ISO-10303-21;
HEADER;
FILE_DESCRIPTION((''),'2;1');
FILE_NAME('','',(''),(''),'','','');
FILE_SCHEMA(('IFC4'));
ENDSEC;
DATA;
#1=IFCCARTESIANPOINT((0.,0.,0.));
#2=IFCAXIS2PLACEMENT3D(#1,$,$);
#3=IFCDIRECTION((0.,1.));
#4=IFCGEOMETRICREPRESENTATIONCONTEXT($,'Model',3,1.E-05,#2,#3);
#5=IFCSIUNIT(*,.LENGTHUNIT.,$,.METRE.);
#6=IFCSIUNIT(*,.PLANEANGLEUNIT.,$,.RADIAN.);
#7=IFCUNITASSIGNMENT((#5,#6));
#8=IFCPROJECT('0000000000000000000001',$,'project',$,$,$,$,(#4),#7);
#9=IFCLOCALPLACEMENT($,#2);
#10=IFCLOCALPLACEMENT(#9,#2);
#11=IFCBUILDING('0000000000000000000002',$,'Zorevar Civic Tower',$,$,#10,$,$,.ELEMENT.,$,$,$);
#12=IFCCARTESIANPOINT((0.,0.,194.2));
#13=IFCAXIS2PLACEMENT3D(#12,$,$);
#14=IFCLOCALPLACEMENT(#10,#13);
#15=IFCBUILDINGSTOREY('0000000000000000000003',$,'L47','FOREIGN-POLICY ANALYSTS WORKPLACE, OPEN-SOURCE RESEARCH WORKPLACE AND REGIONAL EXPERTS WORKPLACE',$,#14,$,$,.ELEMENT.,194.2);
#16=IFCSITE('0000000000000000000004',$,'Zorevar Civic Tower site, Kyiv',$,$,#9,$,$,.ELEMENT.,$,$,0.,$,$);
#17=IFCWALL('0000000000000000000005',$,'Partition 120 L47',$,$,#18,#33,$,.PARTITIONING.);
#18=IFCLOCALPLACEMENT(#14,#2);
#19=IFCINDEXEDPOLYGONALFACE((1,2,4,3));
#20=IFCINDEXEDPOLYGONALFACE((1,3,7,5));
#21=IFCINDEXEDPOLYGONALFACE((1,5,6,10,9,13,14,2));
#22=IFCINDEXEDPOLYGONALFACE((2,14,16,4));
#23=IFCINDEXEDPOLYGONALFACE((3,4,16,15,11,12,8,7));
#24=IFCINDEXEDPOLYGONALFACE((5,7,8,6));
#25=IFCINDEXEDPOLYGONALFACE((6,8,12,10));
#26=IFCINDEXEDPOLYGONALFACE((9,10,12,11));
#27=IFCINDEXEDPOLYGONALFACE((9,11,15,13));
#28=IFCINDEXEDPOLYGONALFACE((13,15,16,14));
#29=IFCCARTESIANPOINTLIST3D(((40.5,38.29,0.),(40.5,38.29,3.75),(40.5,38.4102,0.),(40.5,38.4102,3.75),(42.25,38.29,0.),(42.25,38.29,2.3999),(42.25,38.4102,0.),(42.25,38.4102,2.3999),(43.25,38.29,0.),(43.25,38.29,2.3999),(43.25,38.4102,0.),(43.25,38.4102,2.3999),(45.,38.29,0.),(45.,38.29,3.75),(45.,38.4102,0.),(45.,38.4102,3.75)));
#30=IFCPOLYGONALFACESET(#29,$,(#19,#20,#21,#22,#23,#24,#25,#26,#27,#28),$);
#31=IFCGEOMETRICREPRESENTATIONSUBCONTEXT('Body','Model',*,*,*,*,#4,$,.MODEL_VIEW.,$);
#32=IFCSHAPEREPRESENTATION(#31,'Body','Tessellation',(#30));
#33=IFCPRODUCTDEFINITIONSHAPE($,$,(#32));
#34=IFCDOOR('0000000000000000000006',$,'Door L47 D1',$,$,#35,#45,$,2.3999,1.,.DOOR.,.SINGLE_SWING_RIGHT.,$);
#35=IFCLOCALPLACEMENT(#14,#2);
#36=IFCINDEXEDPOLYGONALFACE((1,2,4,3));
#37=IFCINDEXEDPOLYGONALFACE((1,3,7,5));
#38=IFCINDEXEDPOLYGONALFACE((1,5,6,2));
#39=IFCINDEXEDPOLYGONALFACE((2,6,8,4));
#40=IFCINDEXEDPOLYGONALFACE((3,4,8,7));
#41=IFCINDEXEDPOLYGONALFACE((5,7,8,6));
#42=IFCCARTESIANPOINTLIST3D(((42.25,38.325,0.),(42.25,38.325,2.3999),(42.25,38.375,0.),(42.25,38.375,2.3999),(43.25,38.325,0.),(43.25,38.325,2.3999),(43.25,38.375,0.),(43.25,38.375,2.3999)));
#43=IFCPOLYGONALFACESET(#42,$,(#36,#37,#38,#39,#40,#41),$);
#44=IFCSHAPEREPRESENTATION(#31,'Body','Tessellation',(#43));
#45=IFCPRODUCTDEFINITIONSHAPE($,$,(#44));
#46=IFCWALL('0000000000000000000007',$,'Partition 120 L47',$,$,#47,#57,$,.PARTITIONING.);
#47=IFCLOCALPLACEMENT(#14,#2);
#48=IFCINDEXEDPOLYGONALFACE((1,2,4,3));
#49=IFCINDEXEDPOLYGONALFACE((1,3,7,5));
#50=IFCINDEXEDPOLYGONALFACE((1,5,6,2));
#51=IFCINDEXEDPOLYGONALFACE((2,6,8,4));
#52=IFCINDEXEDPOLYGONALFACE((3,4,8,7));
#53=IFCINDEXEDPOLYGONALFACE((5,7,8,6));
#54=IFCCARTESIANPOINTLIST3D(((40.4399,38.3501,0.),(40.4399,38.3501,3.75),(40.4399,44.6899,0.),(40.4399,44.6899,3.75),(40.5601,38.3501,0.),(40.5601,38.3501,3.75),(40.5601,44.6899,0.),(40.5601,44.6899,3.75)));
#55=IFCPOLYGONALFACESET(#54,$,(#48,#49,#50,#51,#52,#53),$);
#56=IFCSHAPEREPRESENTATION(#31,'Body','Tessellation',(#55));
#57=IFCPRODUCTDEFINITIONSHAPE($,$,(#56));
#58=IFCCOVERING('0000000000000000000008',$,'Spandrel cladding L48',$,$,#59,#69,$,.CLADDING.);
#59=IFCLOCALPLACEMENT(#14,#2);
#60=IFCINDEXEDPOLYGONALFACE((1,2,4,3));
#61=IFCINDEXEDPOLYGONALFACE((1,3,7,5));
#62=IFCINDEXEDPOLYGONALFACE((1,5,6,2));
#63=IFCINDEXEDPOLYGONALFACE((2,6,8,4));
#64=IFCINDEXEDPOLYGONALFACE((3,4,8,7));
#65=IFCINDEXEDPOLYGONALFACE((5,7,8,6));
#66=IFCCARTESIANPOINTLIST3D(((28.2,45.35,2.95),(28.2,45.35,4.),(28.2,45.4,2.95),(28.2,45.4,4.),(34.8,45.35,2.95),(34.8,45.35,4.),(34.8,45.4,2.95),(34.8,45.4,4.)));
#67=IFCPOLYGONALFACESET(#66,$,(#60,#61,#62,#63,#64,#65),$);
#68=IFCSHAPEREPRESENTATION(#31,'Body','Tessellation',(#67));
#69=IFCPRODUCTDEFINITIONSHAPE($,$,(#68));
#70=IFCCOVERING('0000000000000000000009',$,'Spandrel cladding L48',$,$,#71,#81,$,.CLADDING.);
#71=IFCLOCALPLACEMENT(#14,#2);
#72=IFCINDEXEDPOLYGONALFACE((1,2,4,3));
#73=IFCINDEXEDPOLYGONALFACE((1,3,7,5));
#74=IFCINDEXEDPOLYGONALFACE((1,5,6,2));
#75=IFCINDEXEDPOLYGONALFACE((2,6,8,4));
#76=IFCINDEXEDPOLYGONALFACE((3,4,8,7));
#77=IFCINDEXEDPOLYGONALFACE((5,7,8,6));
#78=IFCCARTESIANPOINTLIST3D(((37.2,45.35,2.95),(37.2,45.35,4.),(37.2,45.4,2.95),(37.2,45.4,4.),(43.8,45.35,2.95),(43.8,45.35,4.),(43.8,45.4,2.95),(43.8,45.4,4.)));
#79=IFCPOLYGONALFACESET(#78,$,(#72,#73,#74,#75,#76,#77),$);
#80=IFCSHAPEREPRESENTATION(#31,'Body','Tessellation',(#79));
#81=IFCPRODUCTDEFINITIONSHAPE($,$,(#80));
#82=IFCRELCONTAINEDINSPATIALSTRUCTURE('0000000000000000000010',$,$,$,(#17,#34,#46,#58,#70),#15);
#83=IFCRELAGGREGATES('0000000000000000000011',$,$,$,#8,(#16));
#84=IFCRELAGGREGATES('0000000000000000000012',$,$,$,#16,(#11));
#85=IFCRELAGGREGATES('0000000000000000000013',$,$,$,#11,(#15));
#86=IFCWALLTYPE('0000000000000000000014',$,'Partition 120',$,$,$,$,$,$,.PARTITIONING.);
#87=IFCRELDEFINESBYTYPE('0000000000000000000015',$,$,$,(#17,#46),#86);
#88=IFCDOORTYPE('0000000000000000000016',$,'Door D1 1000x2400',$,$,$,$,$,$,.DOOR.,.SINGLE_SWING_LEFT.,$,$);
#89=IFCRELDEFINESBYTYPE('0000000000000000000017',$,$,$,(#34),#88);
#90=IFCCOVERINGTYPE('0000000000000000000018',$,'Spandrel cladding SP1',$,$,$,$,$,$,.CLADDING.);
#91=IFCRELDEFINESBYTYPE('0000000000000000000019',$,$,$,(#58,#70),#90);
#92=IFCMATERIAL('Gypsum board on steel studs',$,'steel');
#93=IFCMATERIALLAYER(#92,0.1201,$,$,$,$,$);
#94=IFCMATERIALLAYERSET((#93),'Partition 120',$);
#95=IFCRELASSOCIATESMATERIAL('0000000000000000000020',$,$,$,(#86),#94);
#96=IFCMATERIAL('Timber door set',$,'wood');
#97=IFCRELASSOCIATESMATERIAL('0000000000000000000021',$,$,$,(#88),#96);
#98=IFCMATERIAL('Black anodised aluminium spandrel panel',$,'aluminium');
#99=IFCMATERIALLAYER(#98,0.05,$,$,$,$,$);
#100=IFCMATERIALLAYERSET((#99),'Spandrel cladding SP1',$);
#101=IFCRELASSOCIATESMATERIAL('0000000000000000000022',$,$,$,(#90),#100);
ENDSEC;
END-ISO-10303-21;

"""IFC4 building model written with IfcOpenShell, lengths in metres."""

from ifc_helpers import new_model, si_unit, direction, frame, frame_2d, origin, place, context, subcontext, project, spatial, rectangle, extrude, material, layer, layer_set, type_object, element, fill, save


model = new_model("IFC4")

# Units and contexts
model_context = context("Model", 3, precision=1e-05, world=origin(), true_north=direction((0.0, 1.0)))
body_context = subcontext(model_context, "Body", "Model", "MODEL_VIEW")
ifc_project = project(units=[si_unit("LENGTHUNIT", "METRE"), si_unit("PLANEANGLEUNIT", "RADIAN")], contexts=[model_context])

# Site, building, storey
site_placement = place(None, origin())
site = spatial("IfcSite", under=ifc_project, at=site_placement, Name="Zorevar Civic Tower site, Kyiv", CompositionType="ELEMENT", RefElevation=0.0)
building_placement = place(site_placement, origin())
building = spatial("IfcBuilding", under=site, at=building_placement, Name="Zorevar Civic Tower", CompositionType="ELEMENT")
storey_placement = place(building_placement, frame((0.0, 0.0, 194.2)))
storey = spatial("IfcBuildingStorey", under=building, at=storey_placement, Name="L47", Description="FOREIGN-POLICY ANALYSTS WORKPLACE, OPEN-SOURCE RESEARCH WORKPLACE AND REGIONAL EXPERTS WORKPLACE", CompositionType="ELEMENT", Elevation=194.2)

# Wall, opening, door
ifc_material_1 = material(Name="Gypsum board on steel studs", Category="steel")
ifc_layer_1 = layer(ifc_material_1, 0.1201)
ifc_layer_set_1 = layer_set([ifc_layer_1], Name="Partition 120")
wall_type = type_object("IfcWallType", Name="Partition 120", PredefinedType="PARTITIONING", material=ifc_layer_set_1)
wall_1_placement = place(storey_placement, frame((40.5, 38.3501, 0.0), z_axis=(0.0, 0.0, 1.0), x_axis=(1.0, 0.0, 0.0)))
wall_1 = element("IfcWall", 1, at=wall_1_placement, inside=storey, type_object=wall_type, Name="Partition 120 L47", PredefinedType="PARTITIONING", context=body_context, shape_type="SweptSolid", body=[
    extrude(rectangle(XDim=4.5, YDim=0.1201, at=frame_2d((2.25, 0.0))), origin(), (0.0, 0.0, 1.0), 3.75),
])
opening_placement = place(wall_1_placement, frame((1.75, 0.0, 0.0)))
opening = element("IfcOpeningElement", 2, at=opening_placement, cuts=wall_1, PredefinedType="OPENING", context=body_context, shape_type="SweptSolid", body=[
    extrude(rectangle(XDim=1.0, YDim=2.3999, at=frame_2d((0.5, 1.2))), frame((0.0, 0.0701, 0.0), z_axis=(0.0, -1.0, 0.0), x_axis=(1.0, 0.0, 0.0)), (0.0, 0.0, 1.0), 0.1401),
])
ifc_material_2 = material(Name="Timber door set", Category="wood")
door_type = type_object("IfcDoorType", Name="Door D1 1000x2400", OperationType="SINGLE_SWING_LEFT", PredefinedType="DOOR", material=ifc_material_2)
door_placement = place(opening_placement, origin())
door = element("IfcDoor", 3, at=door_placement, inside=storey, type_object=door_type, Name="Door L47 D1", OperationType="SINGLE_SWING_RIGHT", OverallHeight=2.3999, OverallWidth=1.0, PredefinedType="DOOR", context=body_context, shape_type="SweptSolid", body=[
    extrude(rectangle(XDim=1.0, YDim=2.3999, at=frame_2d((0.5, 1.2))), frame((0.0, 0.0249, 0.0), z_axis=(0.0, -1.0, 0.0), x_axis=(1.0, 0.0, 0.0)), (0.0, 0.0, 1.0), 0.05),
])
fill(opening, door)

# Wall
wall_2_placement = place(storey_placement, frame((40.5, 38.3501, 0.0), z_axis=(0.0, 0.0, 1.0), x_axis=(0.0, 1.0, 0.0)))
element("IfcWall", 4, at=wall_2_placement, inside=storey, type_object=wall_type, Name="Partition 120 L47", PredefinedType="PARTITIONING", context=body_context, shape_type="SweptSolid", body=[
    extrude(rectangle(XDim=6.3398, YDim=0.1201, at=frame_2d((3.1699, 0.0))), origin(), (0.0, 0.0, 1.0), 3.75),
])

# Coverings
ifc_material_3 = material(Name="Black anodised aluminium spandrel panel", Category="aluminium")
ifc_layer_2 = layer(ifc_material_3, 0.05)
ifc_layer_set_2 = layer_set([ifc_layer_2], Name="Spandrel cladding SP1")
covering_type = type_object("IfcCoveringType", Name="Spandrel cladding SP1", PredefinedType="CLADDING", material=ifc_layer_set_2)
for number, where, z_axis, x_axis, name in (
    (5, (28.2, 45.375, 2.95), (0.0, 0.0, 1.0), (1.0, 0.0, 0.0), "Spandrel cladding L48"),
    (6, (37.2, 45.375, 2.95), (0.0, 0.0, 1.0), (1.0, 0.0, 0.0), "Spandrel cladding L48"),
):
    element("IfcCovering", number, at=place(storey_placement, frame(where, z_axis=z_axis, x_axis=x_axis)), inside=storey, type_object=covering_type, Name=name, PredefinedType="CLADDING", context=body_context, shape_type="SweptSolid", body=[
        extrude(rectangle(XDim=6.6001, YDim=0.05, at=frame_2d((3.3, 0.0))), origin(), (0.0, 0.0, 1.0), 1.05),
    ])

save(model, "model.ifc")
